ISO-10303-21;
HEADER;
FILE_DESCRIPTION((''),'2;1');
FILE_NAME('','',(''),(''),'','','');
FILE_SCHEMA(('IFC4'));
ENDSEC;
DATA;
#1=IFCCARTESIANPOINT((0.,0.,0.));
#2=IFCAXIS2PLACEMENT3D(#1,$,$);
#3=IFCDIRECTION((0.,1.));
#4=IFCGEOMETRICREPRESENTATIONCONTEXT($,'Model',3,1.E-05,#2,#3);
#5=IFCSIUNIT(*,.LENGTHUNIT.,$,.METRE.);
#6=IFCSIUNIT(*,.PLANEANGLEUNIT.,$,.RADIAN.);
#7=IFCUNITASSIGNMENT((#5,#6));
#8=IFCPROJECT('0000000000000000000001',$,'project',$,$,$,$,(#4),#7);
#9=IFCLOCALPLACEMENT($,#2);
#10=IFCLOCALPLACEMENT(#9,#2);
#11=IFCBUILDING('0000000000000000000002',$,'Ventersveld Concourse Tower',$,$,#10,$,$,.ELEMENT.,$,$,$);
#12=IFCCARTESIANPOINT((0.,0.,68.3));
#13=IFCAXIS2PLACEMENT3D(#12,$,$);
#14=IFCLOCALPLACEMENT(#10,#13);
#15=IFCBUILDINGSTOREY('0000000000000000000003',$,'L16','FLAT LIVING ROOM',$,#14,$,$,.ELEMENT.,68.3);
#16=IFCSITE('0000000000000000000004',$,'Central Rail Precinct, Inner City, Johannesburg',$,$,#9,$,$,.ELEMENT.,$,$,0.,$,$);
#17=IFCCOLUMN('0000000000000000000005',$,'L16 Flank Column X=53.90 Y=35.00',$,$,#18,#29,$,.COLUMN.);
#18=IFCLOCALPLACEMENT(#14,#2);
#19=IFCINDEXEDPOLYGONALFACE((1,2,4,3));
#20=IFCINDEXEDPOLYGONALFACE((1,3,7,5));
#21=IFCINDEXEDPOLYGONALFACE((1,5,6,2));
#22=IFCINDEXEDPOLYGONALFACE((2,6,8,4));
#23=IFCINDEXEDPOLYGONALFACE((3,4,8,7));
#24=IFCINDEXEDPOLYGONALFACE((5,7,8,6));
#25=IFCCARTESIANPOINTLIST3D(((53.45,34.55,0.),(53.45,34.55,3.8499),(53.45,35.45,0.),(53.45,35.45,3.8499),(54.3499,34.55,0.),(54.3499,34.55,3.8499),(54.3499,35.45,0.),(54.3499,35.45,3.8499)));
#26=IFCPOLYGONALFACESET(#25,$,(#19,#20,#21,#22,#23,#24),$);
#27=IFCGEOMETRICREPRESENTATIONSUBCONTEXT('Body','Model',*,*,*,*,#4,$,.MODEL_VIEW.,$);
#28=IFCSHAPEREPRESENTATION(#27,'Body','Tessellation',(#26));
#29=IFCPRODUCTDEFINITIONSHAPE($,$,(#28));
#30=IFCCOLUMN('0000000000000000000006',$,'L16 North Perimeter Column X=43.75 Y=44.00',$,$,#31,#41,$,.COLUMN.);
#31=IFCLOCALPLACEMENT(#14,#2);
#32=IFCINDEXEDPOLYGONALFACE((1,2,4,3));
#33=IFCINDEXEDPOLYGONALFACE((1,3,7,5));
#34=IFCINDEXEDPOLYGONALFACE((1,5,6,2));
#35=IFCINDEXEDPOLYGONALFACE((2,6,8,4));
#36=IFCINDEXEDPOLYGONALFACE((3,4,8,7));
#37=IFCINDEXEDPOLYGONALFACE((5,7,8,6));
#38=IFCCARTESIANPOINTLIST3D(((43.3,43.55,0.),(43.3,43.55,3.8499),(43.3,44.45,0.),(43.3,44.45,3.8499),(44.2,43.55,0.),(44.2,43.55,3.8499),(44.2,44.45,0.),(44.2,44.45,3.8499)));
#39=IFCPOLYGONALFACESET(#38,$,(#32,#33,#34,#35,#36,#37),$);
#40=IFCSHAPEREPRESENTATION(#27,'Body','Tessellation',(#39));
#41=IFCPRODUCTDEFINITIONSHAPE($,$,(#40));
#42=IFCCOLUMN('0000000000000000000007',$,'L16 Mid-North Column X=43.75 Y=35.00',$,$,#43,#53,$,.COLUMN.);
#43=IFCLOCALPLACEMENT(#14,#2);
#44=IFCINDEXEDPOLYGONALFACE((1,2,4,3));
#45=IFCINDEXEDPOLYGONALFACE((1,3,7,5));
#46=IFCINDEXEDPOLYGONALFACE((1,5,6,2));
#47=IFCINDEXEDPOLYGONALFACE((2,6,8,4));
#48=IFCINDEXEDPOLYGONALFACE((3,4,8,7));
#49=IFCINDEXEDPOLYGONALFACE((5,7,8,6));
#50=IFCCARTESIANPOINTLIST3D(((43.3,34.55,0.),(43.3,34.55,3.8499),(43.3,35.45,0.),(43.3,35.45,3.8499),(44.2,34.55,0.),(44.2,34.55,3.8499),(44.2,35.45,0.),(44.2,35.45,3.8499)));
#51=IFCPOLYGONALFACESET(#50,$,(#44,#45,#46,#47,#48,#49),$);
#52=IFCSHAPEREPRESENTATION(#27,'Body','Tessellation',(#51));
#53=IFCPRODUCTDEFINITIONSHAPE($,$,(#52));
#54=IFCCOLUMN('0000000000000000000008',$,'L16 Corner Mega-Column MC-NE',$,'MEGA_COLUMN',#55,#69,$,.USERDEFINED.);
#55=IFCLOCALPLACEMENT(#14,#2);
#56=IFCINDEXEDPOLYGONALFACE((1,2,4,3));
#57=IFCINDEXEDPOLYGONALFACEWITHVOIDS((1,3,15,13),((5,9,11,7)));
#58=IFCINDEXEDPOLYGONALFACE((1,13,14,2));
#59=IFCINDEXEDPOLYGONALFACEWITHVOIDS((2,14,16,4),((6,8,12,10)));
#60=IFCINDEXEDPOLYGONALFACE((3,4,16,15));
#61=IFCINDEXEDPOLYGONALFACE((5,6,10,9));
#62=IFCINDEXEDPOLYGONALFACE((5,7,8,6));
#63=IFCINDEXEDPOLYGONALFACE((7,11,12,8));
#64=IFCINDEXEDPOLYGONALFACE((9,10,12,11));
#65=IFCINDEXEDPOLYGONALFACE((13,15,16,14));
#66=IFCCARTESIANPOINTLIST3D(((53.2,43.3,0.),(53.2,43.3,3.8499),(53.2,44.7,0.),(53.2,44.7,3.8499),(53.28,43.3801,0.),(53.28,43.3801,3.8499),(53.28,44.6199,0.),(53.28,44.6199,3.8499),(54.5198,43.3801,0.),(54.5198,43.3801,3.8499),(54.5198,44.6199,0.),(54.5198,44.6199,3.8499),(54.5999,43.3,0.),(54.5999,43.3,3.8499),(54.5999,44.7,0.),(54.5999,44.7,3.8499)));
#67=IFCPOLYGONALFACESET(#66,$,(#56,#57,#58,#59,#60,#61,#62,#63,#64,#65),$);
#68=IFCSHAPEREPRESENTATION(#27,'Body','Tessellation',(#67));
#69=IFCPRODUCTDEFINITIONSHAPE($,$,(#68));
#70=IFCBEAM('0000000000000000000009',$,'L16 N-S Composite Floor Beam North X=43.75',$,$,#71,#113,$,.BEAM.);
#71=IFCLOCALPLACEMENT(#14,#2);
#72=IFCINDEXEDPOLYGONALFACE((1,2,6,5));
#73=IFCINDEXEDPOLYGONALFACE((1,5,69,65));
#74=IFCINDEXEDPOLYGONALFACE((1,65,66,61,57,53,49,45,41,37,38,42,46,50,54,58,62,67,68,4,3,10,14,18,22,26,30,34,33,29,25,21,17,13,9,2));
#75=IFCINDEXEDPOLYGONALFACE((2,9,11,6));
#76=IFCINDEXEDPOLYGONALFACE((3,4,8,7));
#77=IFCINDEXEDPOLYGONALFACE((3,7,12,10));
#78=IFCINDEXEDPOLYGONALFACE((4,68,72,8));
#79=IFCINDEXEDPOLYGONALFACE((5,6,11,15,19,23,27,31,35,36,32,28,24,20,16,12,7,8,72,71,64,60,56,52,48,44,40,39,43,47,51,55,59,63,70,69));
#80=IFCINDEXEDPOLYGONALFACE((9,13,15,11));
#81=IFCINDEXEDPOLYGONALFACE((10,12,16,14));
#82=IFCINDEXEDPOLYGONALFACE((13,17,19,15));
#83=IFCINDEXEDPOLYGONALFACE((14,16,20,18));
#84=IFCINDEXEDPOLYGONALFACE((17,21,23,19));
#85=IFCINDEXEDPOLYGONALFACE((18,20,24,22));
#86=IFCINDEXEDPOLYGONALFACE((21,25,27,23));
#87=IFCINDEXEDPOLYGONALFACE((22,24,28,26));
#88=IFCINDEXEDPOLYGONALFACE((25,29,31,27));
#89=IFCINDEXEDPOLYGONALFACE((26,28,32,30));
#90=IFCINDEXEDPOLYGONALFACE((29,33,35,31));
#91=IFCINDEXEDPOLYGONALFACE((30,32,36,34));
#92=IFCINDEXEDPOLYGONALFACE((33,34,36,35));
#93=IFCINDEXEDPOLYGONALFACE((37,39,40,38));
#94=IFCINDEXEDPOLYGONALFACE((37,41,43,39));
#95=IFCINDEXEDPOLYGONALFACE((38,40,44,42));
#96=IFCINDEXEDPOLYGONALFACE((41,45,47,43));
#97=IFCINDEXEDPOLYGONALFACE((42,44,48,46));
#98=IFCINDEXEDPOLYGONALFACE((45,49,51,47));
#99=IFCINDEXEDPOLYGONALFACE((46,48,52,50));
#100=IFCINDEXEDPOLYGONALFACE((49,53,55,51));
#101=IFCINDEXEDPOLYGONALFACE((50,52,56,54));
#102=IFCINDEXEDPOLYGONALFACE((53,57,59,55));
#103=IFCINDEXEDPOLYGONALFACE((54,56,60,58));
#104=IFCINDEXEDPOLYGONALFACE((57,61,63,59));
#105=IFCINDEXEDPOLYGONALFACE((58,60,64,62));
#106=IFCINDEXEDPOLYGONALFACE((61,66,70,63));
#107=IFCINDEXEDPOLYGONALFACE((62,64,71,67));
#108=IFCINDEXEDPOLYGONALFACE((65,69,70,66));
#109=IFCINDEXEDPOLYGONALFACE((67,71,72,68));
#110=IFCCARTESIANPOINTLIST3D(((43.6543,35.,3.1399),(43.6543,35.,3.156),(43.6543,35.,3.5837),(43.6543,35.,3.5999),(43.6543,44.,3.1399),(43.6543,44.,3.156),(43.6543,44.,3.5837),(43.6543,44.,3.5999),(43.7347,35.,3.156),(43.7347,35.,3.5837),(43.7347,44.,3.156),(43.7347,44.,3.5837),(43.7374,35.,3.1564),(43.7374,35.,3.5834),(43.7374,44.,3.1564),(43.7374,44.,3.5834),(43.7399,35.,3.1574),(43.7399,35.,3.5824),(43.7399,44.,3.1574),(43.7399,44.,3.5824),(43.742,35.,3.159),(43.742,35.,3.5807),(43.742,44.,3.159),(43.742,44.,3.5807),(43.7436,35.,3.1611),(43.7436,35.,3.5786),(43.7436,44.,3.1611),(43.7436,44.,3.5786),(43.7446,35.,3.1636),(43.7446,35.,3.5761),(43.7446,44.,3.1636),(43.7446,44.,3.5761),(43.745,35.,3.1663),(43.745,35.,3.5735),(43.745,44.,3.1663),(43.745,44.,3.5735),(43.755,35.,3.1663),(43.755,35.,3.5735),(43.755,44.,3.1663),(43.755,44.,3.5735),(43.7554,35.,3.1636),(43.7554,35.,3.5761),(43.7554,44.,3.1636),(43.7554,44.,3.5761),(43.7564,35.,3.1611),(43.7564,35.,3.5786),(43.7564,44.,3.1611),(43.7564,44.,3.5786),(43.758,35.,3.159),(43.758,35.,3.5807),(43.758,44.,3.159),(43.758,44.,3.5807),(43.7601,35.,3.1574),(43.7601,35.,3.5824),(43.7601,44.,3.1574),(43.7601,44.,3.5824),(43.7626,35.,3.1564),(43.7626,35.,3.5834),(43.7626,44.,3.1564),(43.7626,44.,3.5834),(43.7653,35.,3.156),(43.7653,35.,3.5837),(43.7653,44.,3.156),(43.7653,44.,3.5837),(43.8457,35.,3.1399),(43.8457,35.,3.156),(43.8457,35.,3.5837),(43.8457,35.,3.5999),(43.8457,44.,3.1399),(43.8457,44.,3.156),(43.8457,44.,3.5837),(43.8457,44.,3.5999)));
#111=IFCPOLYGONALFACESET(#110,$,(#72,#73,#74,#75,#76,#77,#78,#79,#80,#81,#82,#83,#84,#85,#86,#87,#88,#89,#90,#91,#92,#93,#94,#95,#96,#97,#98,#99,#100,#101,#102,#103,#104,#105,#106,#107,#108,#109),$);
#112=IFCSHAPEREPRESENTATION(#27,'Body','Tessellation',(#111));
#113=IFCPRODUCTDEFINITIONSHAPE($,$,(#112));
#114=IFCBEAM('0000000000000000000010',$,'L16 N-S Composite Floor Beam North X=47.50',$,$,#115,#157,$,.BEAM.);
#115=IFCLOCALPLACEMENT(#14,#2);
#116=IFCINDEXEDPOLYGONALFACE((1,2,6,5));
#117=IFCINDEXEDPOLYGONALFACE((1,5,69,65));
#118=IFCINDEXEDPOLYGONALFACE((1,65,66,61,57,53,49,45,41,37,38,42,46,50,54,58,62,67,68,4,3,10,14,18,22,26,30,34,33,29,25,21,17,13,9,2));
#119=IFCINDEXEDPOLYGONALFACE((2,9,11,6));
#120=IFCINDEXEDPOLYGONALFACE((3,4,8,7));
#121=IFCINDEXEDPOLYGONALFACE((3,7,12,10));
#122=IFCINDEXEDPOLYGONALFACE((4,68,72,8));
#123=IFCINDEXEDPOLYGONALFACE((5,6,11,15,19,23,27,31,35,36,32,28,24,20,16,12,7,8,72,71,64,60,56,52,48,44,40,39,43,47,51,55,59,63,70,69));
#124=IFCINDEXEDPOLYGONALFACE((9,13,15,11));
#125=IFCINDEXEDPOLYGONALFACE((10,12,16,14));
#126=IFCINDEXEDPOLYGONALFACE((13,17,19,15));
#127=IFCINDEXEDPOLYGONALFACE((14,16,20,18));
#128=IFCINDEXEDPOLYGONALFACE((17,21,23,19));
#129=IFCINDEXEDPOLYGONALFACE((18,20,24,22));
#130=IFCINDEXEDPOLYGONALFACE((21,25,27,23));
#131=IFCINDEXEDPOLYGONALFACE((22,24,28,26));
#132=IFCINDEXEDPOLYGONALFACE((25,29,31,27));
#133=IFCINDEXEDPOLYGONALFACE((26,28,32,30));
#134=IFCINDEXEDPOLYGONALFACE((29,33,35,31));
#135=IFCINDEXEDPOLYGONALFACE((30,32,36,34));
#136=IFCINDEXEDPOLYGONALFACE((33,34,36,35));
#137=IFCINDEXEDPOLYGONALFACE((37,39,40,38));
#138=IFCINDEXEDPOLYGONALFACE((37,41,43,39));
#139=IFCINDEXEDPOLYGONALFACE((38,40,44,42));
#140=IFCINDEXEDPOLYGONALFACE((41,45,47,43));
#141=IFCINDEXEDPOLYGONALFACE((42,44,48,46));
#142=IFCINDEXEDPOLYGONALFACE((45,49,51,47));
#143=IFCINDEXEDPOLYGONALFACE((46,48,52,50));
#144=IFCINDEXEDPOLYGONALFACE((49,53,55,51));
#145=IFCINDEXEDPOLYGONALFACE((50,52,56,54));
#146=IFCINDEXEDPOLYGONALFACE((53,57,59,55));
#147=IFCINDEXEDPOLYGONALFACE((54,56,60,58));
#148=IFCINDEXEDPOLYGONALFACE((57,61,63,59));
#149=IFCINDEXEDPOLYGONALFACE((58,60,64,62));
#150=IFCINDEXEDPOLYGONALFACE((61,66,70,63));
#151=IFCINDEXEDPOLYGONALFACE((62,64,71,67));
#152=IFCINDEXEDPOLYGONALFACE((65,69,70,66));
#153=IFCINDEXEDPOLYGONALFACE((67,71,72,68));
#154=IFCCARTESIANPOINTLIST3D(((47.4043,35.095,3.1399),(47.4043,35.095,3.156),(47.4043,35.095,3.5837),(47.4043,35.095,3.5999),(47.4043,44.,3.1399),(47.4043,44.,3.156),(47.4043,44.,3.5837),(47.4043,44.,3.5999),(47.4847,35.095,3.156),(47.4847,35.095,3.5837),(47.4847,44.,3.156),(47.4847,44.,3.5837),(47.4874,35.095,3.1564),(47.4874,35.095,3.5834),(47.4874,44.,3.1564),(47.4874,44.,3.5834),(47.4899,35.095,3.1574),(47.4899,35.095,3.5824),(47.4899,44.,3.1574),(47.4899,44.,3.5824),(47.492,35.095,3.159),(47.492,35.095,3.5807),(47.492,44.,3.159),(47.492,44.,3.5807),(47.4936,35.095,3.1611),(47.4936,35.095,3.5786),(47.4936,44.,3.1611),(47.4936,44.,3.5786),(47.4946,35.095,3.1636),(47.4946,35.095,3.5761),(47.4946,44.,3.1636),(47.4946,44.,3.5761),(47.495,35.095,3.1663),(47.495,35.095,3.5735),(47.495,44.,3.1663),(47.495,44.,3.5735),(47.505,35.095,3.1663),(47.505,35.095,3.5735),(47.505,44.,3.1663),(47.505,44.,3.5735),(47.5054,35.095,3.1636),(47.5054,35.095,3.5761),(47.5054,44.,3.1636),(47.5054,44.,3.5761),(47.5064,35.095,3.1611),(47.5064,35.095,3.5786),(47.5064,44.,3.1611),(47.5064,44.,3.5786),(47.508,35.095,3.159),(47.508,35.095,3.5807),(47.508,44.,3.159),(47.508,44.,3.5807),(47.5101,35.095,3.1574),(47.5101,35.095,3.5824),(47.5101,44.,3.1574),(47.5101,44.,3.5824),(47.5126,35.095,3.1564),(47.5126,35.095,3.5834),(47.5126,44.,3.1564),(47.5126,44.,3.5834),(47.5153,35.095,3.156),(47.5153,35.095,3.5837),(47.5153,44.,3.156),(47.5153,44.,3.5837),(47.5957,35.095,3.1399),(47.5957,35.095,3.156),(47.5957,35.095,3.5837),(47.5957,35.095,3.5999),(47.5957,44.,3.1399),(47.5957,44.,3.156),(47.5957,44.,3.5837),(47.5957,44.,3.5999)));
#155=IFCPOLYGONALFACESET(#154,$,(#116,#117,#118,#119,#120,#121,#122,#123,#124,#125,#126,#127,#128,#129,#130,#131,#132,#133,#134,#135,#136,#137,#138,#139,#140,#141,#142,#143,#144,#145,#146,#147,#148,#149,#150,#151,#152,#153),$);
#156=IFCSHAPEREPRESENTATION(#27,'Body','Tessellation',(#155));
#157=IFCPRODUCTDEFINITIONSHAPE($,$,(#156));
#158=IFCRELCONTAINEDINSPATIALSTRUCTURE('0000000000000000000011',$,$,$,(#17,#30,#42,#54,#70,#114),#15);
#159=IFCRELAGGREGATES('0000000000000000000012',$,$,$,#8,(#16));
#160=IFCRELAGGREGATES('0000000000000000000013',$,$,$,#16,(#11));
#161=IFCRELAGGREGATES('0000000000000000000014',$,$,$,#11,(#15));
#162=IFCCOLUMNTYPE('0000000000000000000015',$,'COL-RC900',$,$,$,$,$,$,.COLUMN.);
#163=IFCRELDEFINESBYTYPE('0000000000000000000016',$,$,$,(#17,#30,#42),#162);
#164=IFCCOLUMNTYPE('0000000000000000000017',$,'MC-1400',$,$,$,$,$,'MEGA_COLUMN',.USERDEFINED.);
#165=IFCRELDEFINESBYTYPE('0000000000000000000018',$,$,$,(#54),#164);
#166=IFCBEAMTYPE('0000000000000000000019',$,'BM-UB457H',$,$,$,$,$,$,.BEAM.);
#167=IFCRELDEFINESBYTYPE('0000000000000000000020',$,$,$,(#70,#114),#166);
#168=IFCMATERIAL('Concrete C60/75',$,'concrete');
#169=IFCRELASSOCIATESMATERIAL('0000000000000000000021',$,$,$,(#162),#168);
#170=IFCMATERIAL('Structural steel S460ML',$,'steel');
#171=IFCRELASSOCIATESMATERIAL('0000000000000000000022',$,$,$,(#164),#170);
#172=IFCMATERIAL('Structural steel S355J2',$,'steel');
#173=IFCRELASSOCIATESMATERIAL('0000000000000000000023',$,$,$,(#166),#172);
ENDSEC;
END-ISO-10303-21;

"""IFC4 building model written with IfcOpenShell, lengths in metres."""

from ifc_helpers import new_model, si_unit, direction, frame, origin, origin_2d, place, context, subcontext, project, spatial, rectangle, hollow_rectangle, i_section, extrude, material, material_profile, profile_set, type_object, element, save


model = new_model("IFC4")

# Units and contexts
model_context = context("Model", 3, precision=1e-05, world=origin(), true_north=direction((0.0, 1.0)))
body_context = subcontext(model_context, "Body", "Model", "MODEL_VIEW")
ifc_project = project(units=[si_unit("LENGTHUNIT", "METRE"), si_unit("PLANEANGLEUNIT", "RADIAN")], contexts=[model_context])

# Site, building, storey
site_placement = place(None, origin())
site = spatial("IfcSite", under=ifc_project, at=site_placement, Name="Central Rail Precinct, Inner City, Johannesburg", CompositionType="ELEMENT", RefElevation=0.0)
building_placement = place(site_placement, origin())
building = spatial("IfcBuilding", under=site, at=building_placement, Name="Ventersveld Concourse Tower", CompositionType="ELEMENT")
storey_placement = place(building_placement, frame((0.0, 0.0, 68.3)))
storey = spatial("IfcBuildingStorey", under=building, at=storey_placement, Name="L16", Description="FLAT LIVING ROOM", CompositionType="ELEMENT", Elevation=68.3)

# Columns
ifc_material_1 = material(Name="Concrete C60/75", Category="concrete")
ifc_material_profile_1 = material_profile(ifc_material_1, rectangle(XDim=0.8999, YDim=0.8999, at=origin_2d()), Name="RC 900x900")
ifc_profile_set_1 = profile_set([ifc_material_profile_1], Name="Concrete C60/75")
column_type_1 = type_object("IfcColumnType", Name="COL-RC900", PredefinedType="COLUMN", material=ifc_profile_set_1)
for number, where, z_axis, x_axis, name in (
    (1, (53.8999, 35.0, 0.0), (0.0, 0.0, 1.0), (1.0, 0.0, 0.0), "L16 Flank Column X=53.90 Y=35.00"),
    (2, (43.75, 44.0, 0.0), (0.0, 0.0, 1.0), (1.0, 0.0, 0.0), "L16 North Perimeter Column X=43.75 Y=44.00"),
    (3, (43.75, 35.0, 0.0), (0.0, 0.0, 1.0), (1.0, 0.0, 0.0), "L16 Mid-North Column X=43.75 Y=35.00"),
):
    element("IfcColumn", number, at=place(storey_placement, frame(where, z_axis=z_axis, x_axis=x_axis)), inside=storey, type_object=column_type_1, Name=name, PredefinedType="COLUMN", context=body_context, shape_type="SweptSolid", body=[
        extrude(rectangle(XDim=0.8999, YDim=0.8999, at=origin_2d()), origin(), (0.0, 0.0, 1.0), 3.8499),
    ])
ifc_material_2 = material(Name="Structural steel S460ML", Category="steel")
ifc_material_profile_2 = material_profile(ifc_material_2, hollow_rectangle(XDim=1.3999, YDim=1.3999, WallThickness=0.0801, at=origin_2d()), Name="BOX 1400x1400x80")
ifc_profile_set_2 = profile_set([ifc_material_profile_2], Name="Structural steel S460ML")
column_type_2 = type_object("IfcColumnType", Name="MC-1400", ElementType="MEGA_COLUMN", PredefinedType="USERDEFINED", material=ifc_profile_set_2)
column_placement = place(storey_placement, frame((53.8999, 44.0, 0.0), z_axis=(0.0, 0.0, 1.0), x_axis=(1.0, 0.0, 0.0)))
element("IfcColumn", 4, at=column_placement, inside=storey, type_object=column_type_2, Name="L16 Corner Mega-Column MC-NE", ObjectType="MEGA_COLUMN", PredefinedType="USERDEFINED", context=body_context, shape_type="SweptSolid", body=[
    extrude(hollow_rectangle(XDim=1.3999, YDim=1.3999, WallThickness=0.0801, at=origin_2d()), origin(), (0.0, 0.0, 1.0), 3.8499),
])

# Beams
ifc_material_3 = material(Name="Structural steel S355J2", Category="steel")
ifc_material_profile_3 = material_profile(ifc_material_3, i_section(OverallWidth=0.1914, OverallDepth=0.46, WebThickness=0.01, FlangeThickness=0.0161, FilletRadius=0.0103, at=origin_2d()), Name="UB 457x191x82")
ifc_profile_set_3 = profile_set([ifc_material_profile_3], Name="Structural steel S355J2")
beam_type_1 = type_object("IfcBeamType", Name="BM-UB457H", PredefinedType="BEAM", material=ifc_profile_set_3)
beam_1_placement = place(storey_placement, frame((43.75, 35.0, 3.3699), z_axis=(0.0, 1.0, 0.0), x_axis=(-1.0, 0.0, 0.0)))
element("IfcBeam", 5, at=beam_1_placement, inside=storey, type_object=beam_type_1, Name="L16 N-S Composite Floor Beam North X=43.75", PredefinedType="BEAM", context=body_context, shape_type="SweptSolid", body=[
    extrude(i_section(OverallWidth=0.1914, OverallDepth=0.46, WebThickness=0.01, FlangeThickness=0.0161, FilletRadius=0.0103, at=origin_2d()), origin(), (0.0, 0.0, 1.0), 9.0),
])
beam_2_placement = place(storey_placement, frame((47.5, 35.095, 3.3699), z_axis=(0.0, 1.0, 0.0), x_axis=(-1.0, 0.0, 0.0)))
element("IfcBeam", 6, at=beam_2_placement, inside=storey, type_object=beam_type_1, Name="L16 N-S Composite Floor Beam North X=47.50", PredefinedType="BEAM", context=body_context, shape_type="SweptSolid", body=[
    extrude(i_section(OverallWidth=0.1914, OverallDepth=0.46, WebThickness=0.01, FlangeThickness=0.0161, FilletRadius=0.0103, at=origin_2d()), origin(), (0.0, 0.0, 1.0), 8.905),
])

save(model, "model.ifc")
